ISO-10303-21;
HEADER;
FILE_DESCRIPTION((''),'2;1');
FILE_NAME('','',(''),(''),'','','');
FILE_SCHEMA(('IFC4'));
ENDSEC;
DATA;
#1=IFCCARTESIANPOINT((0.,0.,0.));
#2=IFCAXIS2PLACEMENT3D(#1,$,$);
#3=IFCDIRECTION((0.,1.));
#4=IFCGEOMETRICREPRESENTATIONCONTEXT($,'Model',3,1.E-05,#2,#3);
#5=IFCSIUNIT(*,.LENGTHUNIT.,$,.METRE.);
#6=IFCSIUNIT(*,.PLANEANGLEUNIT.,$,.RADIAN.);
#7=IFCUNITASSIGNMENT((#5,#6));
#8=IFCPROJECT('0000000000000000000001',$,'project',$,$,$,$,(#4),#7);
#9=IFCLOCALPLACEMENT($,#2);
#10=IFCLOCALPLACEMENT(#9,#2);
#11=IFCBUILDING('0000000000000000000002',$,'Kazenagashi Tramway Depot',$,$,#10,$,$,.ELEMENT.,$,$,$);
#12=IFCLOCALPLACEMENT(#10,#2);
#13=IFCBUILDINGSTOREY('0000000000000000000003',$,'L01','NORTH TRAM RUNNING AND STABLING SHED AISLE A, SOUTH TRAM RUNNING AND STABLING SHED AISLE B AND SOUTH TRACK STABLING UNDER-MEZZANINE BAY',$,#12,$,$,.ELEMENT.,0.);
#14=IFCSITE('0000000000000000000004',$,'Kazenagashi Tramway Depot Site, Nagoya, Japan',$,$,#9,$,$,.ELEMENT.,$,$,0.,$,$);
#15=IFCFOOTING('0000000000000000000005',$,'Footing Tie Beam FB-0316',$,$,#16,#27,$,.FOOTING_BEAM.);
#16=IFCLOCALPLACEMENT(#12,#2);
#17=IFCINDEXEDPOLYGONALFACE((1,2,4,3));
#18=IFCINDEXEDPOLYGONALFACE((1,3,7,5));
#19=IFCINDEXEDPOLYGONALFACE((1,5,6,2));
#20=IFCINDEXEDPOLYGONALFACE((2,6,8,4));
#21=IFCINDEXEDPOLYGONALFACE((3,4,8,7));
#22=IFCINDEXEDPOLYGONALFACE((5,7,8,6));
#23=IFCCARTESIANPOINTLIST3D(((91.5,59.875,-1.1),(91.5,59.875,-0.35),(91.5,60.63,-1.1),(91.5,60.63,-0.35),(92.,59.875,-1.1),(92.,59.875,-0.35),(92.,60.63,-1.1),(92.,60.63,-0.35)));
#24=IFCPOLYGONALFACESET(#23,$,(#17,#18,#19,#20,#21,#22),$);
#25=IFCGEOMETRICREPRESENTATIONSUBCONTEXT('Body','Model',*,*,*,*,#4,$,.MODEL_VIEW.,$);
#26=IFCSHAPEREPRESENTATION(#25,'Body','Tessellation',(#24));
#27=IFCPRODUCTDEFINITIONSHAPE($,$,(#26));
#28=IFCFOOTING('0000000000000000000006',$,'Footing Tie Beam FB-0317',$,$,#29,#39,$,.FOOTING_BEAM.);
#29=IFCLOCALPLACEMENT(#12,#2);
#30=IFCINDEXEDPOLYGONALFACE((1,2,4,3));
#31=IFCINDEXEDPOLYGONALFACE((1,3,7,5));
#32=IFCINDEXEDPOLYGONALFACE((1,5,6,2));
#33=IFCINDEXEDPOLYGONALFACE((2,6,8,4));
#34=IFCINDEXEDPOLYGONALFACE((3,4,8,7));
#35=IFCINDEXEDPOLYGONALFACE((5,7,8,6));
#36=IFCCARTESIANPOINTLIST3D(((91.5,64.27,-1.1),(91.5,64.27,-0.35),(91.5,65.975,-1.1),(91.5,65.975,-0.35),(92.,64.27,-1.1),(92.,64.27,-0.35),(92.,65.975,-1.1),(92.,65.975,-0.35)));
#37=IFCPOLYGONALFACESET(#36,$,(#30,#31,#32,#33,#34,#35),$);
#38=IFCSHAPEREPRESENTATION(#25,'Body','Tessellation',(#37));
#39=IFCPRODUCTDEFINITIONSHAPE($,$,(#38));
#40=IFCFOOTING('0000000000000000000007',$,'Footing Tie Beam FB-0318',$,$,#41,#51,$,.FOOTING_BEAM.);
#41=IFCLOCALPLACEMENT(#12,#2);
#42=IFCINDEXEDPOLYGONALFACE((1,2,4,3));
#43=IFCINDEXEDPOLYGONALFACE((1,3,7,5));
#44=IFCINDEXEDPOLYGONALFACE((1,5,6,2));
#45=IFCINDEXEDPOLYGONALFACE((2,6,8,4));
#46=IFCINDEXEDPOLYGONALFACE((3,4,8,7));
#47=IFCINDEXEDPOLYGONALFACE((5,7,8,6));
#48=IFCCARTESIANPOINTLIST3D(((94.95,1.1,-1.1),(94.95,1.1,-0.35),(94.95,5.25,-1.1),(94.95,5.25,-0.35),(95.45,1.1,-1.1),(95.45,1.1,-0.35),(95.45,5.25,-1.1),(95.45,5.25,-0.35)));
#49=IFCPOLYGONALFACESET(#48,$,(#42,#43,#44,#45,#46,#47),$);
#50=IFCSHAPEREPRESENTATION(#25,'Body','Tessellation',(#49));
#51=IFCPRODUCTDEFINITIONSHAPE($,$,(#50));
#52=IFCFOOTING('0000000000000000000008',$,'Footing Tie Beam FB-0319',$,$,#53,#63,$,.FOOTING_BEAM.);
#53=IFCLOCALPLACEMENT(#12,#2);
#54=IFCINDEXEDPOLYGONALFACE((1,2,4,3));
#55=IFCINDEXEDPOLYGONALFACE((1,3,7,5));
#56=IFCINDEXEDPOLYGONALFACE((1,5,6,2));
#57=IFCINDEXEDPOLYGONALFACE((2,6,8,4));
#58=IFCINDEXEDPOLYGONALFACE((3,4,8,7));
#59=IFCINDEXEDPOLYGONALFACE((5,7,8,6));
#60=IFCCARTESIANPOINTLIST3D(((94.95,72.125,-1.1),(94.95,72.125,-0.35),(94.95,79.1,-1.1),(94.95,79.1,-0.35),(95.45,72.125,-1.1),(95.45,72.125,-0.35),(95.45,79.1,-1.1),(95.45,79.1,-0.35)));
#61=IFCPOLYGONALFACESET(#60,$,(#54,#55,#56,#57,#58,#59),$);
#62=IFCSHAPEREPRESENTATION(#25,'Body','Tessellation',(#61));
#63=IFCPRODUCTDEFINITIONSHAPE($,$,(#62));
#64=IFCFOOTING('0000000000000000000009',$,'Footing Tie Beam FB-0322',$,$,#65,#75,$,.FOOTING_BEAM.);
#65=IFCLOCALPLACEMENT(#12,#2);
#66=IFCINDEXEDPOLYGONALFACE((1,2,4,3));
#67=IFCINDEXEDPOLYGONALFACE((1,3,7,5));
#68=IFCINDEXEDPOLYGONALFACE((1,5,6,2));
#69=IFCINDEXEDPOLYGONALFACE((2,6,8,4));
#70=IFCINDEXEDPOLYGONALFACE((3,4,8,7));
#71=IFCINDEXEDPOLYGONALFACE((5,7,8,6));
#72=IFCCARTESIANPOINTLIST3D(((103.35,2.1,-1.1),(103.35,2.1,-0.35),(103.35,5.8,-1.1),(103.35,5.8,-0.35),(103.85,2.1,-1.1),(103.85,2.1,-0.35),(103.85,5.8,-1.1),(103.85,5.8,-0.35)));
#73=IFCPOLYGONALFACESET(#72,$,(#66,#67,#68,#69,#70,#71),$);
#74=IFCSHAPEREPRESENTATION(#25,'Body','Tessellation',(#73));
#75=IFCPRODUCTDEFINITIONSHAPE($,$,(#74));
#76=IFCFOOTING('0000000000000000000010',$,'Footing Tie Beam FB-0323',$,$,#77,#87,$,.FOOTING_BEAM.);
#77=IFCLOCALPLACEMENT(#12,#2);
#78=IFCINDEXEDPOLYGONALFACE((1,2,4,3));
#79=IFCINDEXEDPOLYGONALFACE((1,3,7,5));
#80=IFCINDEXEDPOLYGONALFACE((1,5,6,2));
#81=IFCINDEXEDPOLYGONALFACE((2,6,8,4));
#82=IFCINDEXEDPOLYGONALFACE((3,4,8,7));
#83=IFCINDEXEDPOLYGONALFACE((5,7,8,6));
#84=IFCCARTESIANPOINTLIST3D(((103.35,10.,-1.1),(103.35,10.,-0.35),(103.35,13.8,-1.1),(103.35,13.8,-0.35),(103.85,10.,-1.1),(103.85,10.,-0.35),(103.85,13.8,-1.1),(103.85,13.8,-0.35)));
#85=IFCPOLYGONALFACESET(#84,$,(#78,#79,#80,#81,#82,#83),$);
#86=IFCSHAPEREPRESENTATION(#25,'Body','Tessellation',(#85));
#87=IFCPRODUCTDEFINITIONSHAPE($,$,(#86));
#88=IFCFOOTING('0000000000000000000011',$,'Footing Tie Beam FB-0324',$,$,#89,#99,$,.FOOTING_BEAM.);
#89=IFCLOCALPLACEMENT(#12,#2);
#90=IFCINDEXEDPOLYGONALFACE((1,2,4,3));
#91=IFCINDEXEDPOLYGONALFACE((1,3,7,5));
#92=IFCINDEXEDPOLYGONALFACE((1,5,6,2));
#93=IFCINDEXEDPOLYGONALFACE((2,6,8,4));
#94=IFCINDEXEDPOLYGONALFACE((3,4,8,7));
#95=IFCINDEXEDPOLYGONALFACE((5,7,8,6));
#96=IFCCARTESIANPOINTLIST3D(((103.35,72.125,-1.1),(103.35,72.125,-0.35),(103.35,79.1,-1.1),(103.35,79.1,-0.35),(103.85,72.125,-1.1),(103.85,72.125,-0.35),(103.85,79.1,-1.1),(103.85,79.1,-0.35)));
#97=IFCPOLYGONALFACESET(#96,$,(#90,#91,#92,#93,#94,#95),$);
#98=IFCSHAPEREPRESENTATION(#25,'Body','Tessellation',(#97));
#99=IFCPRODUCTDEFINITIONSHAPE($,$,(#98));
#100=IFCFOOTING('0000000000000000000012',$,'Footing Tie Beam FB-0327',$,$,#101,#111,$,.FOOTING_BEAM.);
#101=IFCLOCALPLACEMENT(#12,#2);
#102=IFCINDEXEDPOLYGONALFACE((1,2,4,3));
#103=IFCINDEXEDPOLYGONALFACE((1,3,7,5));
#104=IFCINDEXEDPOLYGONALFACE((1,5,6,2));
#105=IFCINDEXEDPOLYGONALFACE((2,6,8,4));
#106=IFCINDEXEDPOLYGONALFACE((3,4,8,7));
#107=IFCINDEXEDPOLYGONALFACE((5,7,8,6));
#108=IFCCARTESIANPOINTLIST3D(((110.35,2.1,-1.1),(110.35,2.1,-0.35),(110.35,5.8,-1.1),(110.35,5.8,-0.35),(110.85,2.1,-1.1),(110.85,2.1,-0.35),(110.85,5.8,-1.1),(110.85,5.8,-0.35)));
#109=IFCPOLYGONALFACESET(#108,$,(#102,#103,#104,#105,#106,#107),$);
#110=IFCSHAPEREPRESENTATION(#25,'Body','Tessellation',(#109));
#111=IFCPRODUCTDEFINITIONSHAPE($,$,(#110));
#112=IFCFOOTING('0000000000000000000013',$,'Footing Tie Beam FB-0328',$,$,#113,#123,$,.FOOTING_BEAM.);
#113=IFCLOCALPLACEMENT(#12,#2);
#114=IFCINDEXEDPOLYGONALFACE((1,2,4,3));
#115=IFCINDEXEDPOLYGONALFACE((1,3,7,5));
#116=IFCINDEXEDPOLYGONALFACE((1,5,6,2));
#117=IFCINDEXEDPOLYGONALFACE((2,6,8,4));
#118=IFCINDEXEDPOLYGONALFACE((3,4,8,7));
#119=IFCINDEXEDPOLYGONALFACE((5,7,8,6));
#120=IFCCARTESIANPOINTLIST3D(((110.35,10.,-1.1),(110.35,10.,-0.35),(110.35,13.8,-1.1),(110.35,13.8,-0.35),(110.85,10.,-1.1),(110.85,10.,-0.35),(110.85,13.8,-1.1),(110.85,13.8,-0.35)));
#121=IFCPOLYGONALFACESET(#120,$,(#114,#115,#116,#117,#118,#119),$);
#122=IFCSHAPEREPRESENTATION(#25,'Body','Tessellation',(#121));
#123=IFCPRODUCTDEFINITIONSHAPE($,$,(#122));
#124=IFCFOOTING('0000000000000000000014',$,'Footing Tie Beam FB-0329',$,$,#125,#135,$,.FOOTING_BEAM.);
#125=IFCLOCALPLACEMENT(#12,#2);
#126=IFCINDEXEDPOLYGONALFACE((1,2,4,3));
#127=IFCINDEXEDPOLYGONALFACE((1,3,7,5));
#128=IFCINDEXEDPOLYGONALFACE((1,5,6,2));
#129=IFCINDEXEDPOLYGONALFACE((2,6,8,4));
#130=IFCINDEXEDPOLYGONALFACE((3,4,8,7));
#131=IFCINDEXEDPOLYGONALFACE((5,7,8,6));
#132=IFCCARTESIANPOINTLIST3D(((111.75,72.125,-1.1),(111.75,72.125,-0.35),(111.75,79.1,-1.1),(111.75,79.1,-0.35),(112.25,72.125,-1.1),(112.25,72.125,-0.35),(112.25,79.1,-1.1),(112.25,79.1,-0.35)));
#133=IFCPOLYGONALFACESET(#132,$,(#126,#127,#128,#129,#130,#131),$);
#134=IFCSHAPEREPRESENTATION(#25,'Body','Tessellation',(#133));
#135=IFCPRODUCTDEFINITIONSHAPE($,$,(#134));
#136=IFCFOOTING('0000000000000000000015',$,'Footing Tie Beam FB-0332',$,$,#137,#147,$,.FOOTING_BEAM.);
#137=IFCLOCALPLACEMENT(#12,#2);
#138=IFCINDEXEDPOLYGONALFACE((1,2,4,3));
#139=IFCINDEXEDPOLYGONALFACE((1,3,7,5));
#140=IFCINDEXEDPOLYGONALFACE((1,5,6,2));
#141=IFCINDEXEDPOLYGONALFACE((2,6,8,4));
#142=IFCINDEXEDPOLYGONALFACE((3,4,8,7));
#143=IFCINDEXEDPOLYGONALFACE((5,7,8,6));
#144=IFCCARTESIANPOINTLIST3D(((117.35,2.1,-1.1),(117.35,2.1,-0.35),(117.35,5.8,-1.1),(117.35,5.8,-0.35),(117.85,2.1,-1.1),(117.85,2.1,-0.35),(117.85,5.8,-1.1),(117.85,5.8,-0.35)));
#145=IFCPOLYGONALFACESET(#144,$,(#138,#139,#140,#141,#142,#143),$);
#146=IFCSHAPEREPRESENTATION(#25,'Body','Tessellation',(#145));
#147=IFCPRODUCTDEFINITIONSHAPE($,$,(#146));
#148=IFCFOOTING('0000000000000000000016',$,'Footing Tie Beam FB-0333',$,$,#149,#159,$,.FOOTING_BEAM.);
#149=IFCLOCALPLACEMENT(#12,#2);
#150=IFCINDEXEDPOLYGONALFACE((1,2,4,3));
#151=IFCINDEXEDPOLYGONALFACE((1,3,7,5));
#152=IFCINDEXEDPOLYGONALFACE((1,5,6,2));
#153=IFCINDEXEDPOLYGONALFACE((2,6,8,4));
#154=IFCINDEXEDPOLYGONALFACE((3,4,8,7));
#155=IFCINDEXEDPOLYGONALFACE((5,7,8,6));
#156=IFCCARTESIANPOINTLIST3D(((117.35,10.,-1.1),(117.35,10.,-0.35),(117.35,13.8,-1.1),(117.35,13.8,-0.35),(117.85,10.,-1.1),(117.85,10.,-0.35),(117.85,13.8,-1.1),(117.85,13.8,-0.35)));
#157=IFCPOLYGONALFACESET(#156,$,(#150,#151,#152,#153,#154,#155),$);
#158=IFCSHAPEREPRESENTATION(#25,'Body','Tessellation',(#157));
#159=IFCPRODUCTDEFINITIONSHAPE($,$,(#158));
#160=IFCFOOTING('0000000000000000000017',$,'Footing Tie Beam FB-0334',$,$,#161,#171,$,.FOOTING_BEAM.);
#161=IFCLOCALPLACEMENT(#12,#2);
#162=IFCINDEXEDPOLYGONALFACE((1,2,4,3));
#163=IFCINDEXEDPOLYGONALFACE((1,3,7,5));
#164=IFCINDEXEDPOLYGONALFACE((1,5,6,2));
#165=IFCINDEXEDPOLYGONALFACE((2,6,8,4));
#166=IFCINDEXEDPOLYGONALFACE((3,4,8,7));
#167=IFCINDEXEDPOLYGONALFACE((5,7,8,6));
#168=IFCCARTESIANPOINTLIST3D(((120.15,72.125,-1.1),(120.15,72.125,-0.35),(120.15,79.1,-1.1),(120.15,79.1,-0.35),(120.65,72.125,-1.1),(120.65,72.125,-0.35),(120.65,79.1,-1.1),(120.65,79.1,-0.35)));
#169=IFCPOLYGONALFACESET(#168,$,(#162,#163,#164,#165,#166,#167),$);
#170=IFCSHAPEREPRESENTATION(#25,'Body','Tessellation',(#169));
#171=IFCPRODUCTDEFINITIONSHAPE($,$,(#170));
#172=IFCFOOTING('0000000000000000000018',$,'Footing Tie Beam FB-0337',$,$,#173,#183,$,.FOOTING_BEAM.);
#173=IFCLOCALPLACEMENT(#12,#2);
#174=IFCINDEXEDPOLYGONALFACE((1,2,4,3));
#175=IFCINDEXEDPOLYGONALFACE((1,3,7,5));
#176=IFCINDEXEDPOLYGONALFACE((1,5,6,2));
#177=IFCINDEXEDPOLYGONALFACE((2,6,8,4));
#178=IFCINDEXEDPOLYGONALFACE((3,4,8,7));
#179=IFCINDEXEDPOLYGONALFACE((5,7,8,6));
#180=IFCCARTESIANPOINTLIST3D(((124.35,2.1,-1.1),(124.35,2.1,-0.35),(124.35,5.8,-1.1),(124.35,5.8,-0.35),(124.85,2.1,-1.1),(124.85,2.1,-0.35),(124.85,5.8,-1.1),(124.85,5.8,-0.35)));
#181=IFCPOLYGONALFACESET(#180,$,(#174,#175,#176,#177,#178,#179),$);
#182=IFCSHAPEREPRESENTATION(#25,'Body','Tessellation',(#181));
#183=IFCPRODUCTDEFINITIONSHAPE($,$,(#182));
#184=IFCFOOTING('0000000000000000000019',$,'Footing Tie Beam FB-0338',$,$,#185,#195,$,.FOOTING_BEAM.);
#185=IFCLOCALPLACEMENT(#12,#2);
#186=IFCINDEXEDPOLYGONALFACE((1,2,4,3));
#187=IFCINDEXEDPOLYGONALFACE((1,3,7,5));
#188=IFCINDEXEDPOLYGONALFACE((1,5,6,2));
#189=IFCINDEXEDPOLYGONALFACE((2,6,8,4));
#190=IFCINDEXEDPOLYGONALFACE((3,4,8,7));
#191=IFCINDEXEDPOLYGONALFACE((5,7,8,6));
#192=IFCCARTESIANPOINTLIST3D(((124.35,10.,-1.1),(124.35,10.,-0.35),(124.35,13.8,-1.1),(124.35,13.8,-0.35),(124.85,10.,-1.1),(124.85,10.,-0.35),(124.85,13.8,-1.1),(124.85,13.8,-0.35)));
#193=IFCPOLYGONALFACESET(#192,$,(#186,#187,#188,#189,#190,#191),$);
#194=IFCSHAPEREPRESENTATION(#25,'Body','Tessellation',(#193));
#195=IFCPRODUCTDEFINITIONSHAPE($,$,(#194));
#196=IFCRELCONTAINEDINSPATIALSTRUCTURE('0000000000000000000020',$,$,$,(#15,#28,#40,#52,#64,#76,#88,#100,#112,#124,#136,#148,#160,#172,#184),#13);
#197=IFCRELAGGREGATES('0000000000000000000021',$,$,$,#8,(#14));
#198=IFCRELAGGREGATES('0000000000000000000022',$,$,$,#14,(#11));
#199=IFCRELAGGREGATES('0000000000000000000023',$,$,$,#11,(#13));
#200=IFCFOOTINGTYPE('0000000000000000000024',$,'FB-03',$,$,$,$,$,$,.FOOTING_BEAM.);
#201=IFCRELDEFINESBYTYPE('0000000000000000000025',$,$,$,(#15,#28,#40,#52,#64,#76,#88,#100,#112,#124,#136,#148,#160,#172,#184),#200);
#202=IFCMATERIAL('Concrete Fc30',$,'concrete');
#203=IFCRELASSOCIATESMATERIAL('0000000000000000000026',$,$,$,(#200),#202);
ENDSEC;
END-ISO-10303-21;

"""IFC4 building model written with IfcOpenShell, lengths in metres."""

from ifc_helpers import new_model, si_unit, direction, frame, origin, place, context, subcontext, project, spatial, polyline, outline, extrude, material, type_object, element, save


model = new_model("IFC4")

# Units and contexts
model_context = context("Model", 3, precision=1e-05, world=origin(), true_north=direction((0.0, 1.0)))
body_context = subcontext(model_context, "Body", "Model", "MODEL_VIEW")
ifc_project = project(units=[si_unit("LENGTHUNIT", "METRE"), si_unit("PLANEANGLEUNIT", "RADIAN")], contexts=[model_context])

# Site, building, storey
site_placement = place(None, origin())
site = spatial("IfcSite", under=ifc_project, at=site_placement, Name="Kazenagashi Tramway Depot Site, Nagoya, Japan", CompositionType="ELEMENT", RefElevation=0.0)
building_placement = place(site_placement, origin())
building = spatial("IfcBuilding", under=site, at=building_placement, Name="Kazenagashi Tramway Depot", CompositionType="ELEMENT")
storey_placement = place(building_placement, origin())
storey = spatial("IfcBuildingStorey", under=building, at=storey_placement, Name="L01", Description="NORTH TRAM RUNNING AND STABLING SHED AISLE A, SOUTH TRAM RUNNING AND STABLING SHED AISLE B AND SOUTH TRACK STABLING UNDER-MEZZANINE BAY", CompositionType="ELEMENT", Elevation=0.0)

# Footings
ifc_material = material(Name="Concrete Fc30", Category="concrete")
footing_type = type_object("IfcFootingType", Name="FB-03", PredefinedType="FOOTING_BEAM", material=ifc_material)
footing_1_placement = place(storey_placement, frame((0.0, 0.0, -1.1)))
element("IfcFooting", 1, at=footing_1_placement, inside=storey, type_object=footing_type, Name="Footing Tie Beam FB-0316", PredefinedType="FOOTING_BEAM", context=body_context, shape_type="SweptSolid", body=[
    extrude(outline(polyline([(91.5, 59.875), (92.0, 59.875), (92.0, 60.63), (91.5, 60.63), (91.5, 59.875)])), origin(), (0.0, 0.0, 1.0), 0.75),
])
footing_2_placement = place(storey_placement, frame((0.0, 0.0, -1.1)))
element("IfcFooting", 2, at=footing_2_placement, inside=storey, type_object=footing_type, Name="Footing Tie Beam FB-0317", PredefinedType="FOOTING_BEAM", context=body_context, shape_type="SweptSolid", body=[
    extrude(outline(polyline([(91.5, 64.27), (92.0, 64.27), (92.0, 65.975), (91.5, 65.975), (91.5, 64.27)])), origin(), (0.0, 0.0, 1.0), 0.75),
])
footing_3_placement = place(storey_placement, frame((0.0, 0.0, -1.1)))
element("IfcFooting", 3, at=footing_3_placement, inside=storey, type_object=footing_type, Name="Footing Tie Beam FB-0318", PredefinedType="FOOTING_BEAM", context=body_context, shape_type="SweptSolid", body=[
    extrude(outline(polyline([(94.95, 1.1), (95.45, 1.1), (95.45, 5.25), (94.95, 5.25), (94.95, 1.1)])), origin(), (0.0, 0.0, 1.0), 0.75),
])
footing_4_placement = place(storey_placement, frame((0.0, 0.0, -1.1)))
element("IfcFooting", 4, at=footing_4_placement, inside=storey, type_object=footing_type, Name="Footing Tie Beam FB-0319", PredefinedType="FOOTING_BEAM", context=body_context, shape_type="SweptSolid", body=[
    extrude(outline(polyline([(94.95, 72.125), (95.45, 72.125), (95.45, 79.1), (94.95, 79.1), (94.95, 72.125)])), origin(), (0.0, 0.0, 1.0), 0.75),
])
footing_5_placement = place(storey_placement, frame((0.0, 0.0, -1.1)))
element("IfcFooting", 5, at=footing_5_placement, inside=storey, type_object=footing_type, Name="Footing Tie Beam FB-0322", PredefinedType="FOOTING_BEAM", context=body_context, shape_type="SweptSolid", body=[
    extrude(outline(polyline([(103.35, 2.1), (103.85, 2.1), (103.85, 5.8), (103.35, 5.8), (103.35, 2.1)])), origin(), (0.0, 0.0, 1.0), 0.75),
])
footing_6_placement = place(storey_placement, frame((0.0, 0.0, -1.1)))
element("IfcFooting", 6, at=footing_6_placement, inside=storey, type_object=footing_type, Name="Footing Tie Beam FB-0323", PredefinedType="FOOTING_BEAM", context=body_context, shape_type="SweptSolid", body=[
    extrude(outline(polyline([(103.35, 10.0), (103.85, 10.0), (103.85, 13.8), (103.35, 13.8), (103.35, 10.0)])), origin(), (0.0, 0.0, 1.0), 0.75),
])
footing_7_placement = place(storey_placement, frame((0.0, 0.0, -1.1)))
element("IfcFooting", 7, at=footing_7_placement, inside=storey, type_object=footing_type, Name="Footing Tie Beam FB-0324", PredefinedType="FOOTING_BEAM", context=body_context, shape_type="SweptSolid", body=[
    extrude(outline(polyline([(103.35, 72.125), (103.85, 72.125), (103.85, 79.1), (103.35, 79.1), (103.35, 72.125)])), origin(), (0.0, 0.0, 1.0), 0.75),
])
footing_8_placement = place(storey_placement, frame((0.0, 0.0, -1.1)))
element("IfcFooting", 8, at=footing_8_placement, inside=storey, type_object=footing_type, Name="Footing Tie Beam FB-0327", PredefinedType="FOOTING_BEAM", context=body_context, shape_type="SweptSolid", body=[
    extrude(outline(polyline([(110.35, 2.1), (110.85, 2.1), (110.85, 5.8), (110.35, 5.8), (110.35, 2.1)])), origin(), (0.0, 0.0, 1.0), 0.75),
])
footing_9_placement = place(storey_placement, frame((0.0, 0.0, -1.1)))
element("IfcFooting", 9, at=footing_9_placement, inside=storey, type_object=footing_type, Name="Footing Tie Beam FB-0328", PredefinedType="FOOTING_BEAM", context=body_context, shape_type="SweptSolid", body=[
    extrude(outline(polyline([(110.35, 10.0), (110.85, 10.0), (110.85, 13.8), (110.35, 13.8), (110.35, 10.0)])), origin(), (0.0, 0.0, 1.0), 0.75),
])
footing_10_placement = place(storey_placement, frame((0.0, 0.0, -1.1)))
element("IfcFooting", 10, at=footing_10_placement, inside=storey, type_object=footing_type, Name="Footing Tie Beam FB-0329", PredefinedType="FOOTING_BEAM", context=body_context, shape_type="SweptSolid", body=[
    extrude(outline(polyline([(111.75, 72.125), (112.25, 72.125), (112.25, 79.1), (111.75, 79.1), (111.75, 72.125)])), origin(), (0.0, 0.0, 1.0), 0.75),
])
footing_11_placement = place(storey_placement, frame((0.0, 0.0, -1.1)))
element("IfcFooting", 11, at=footing_11_placement, inside=storey, type_object=footing_type, Name="Footing Tie Beam FB-0332", PredefinedType="FOOTING_BEAM", context=body_context, shape_type="SweptSolid", body=[
    extrude(outline(polyline([(117.35, 2.1), (117.85, 2.1), (117.85, 5.8), (117.35, 5.8), (117.35, 2.1)])), origin(), (0.0, 0.0, 1.0), 0.75),
])
footing_12_placement = place(storey_placement, frame((0.0, 0.0, -1.1)))
element("IfcFooting", 12, at=footing_12_placement, inside=storey, type_object=footing_type, Name="Footing Tie Beam FB-0333", PredefinedType="FOOTING_BEAM", context=body_context, shape_type="SweptSolid", body=[
    extrude(outline(polyline([(117.35, 10.0), (117.85, 10.0), (117.85, 13.8), (117.35, 13.8), (117.35, 10.0)])), origin(), (0.0, 0.0, 1.0), 0.75),
])
footing_13_placement = place(storey_placement, frame((0.0, 0.0, -1.1)))
element("IfcFooting", 13, at=footing_13_placement, inside=storey, type_object=footing_type, Name="Footing Tie Beam FB-0334", PredefinedType="FOOTING_BEAM", context=body_context, shape_type="SweptSolid", body=[
    extrude(outline(polyline([(120.15, 72.125), (120.65, 72.125), (120.65, 79.1), (120.15, 79.1), (120.15, 72.125)])), origin(), (0.0, 0.0, 1.0), 0.75),
])
footing_14_placement = place(storey_placement, frame((0.0, 0.0, -1.1)))
element("IfcFooting", 14, at=footing_14_placement, inside=storey, type_object=footing_type, Name="Footing Tie Beam FB-0337", PredefinedType="FOOTING_BEAM", context=body_context, shape_type="SweptSolid", body=[
    extrude(outline(polyline([(124.35, 2.1), (124.85, 2.1), (124.85, 5.8), (124.35, 5.8), (124.35, 2.1)])), origin(), (0.0, 0.0, 1.0), 0.75),
])
footing_15_placement = place(storey_placement, frame((0.0, 0.0, -1.1)))
element("IfcFooting", 15, at=footing_15_placement, inside=storey, type_object=footing_type, Name="Footing Tie Beam FB-0338", PredefinedType="FOOTING_BEAM", context=body_context, shape_type="SweptSolid", body=[
    extrude(outline(polyline([(124.35, 10.0), (124.85, 10.0), (124.85, 13.8), (124.35, 13.8), (124.35, 10.0)])), origin(), (0.0, 0.0, 1.0), 0.75),
])

save(model, "model.ifc")
